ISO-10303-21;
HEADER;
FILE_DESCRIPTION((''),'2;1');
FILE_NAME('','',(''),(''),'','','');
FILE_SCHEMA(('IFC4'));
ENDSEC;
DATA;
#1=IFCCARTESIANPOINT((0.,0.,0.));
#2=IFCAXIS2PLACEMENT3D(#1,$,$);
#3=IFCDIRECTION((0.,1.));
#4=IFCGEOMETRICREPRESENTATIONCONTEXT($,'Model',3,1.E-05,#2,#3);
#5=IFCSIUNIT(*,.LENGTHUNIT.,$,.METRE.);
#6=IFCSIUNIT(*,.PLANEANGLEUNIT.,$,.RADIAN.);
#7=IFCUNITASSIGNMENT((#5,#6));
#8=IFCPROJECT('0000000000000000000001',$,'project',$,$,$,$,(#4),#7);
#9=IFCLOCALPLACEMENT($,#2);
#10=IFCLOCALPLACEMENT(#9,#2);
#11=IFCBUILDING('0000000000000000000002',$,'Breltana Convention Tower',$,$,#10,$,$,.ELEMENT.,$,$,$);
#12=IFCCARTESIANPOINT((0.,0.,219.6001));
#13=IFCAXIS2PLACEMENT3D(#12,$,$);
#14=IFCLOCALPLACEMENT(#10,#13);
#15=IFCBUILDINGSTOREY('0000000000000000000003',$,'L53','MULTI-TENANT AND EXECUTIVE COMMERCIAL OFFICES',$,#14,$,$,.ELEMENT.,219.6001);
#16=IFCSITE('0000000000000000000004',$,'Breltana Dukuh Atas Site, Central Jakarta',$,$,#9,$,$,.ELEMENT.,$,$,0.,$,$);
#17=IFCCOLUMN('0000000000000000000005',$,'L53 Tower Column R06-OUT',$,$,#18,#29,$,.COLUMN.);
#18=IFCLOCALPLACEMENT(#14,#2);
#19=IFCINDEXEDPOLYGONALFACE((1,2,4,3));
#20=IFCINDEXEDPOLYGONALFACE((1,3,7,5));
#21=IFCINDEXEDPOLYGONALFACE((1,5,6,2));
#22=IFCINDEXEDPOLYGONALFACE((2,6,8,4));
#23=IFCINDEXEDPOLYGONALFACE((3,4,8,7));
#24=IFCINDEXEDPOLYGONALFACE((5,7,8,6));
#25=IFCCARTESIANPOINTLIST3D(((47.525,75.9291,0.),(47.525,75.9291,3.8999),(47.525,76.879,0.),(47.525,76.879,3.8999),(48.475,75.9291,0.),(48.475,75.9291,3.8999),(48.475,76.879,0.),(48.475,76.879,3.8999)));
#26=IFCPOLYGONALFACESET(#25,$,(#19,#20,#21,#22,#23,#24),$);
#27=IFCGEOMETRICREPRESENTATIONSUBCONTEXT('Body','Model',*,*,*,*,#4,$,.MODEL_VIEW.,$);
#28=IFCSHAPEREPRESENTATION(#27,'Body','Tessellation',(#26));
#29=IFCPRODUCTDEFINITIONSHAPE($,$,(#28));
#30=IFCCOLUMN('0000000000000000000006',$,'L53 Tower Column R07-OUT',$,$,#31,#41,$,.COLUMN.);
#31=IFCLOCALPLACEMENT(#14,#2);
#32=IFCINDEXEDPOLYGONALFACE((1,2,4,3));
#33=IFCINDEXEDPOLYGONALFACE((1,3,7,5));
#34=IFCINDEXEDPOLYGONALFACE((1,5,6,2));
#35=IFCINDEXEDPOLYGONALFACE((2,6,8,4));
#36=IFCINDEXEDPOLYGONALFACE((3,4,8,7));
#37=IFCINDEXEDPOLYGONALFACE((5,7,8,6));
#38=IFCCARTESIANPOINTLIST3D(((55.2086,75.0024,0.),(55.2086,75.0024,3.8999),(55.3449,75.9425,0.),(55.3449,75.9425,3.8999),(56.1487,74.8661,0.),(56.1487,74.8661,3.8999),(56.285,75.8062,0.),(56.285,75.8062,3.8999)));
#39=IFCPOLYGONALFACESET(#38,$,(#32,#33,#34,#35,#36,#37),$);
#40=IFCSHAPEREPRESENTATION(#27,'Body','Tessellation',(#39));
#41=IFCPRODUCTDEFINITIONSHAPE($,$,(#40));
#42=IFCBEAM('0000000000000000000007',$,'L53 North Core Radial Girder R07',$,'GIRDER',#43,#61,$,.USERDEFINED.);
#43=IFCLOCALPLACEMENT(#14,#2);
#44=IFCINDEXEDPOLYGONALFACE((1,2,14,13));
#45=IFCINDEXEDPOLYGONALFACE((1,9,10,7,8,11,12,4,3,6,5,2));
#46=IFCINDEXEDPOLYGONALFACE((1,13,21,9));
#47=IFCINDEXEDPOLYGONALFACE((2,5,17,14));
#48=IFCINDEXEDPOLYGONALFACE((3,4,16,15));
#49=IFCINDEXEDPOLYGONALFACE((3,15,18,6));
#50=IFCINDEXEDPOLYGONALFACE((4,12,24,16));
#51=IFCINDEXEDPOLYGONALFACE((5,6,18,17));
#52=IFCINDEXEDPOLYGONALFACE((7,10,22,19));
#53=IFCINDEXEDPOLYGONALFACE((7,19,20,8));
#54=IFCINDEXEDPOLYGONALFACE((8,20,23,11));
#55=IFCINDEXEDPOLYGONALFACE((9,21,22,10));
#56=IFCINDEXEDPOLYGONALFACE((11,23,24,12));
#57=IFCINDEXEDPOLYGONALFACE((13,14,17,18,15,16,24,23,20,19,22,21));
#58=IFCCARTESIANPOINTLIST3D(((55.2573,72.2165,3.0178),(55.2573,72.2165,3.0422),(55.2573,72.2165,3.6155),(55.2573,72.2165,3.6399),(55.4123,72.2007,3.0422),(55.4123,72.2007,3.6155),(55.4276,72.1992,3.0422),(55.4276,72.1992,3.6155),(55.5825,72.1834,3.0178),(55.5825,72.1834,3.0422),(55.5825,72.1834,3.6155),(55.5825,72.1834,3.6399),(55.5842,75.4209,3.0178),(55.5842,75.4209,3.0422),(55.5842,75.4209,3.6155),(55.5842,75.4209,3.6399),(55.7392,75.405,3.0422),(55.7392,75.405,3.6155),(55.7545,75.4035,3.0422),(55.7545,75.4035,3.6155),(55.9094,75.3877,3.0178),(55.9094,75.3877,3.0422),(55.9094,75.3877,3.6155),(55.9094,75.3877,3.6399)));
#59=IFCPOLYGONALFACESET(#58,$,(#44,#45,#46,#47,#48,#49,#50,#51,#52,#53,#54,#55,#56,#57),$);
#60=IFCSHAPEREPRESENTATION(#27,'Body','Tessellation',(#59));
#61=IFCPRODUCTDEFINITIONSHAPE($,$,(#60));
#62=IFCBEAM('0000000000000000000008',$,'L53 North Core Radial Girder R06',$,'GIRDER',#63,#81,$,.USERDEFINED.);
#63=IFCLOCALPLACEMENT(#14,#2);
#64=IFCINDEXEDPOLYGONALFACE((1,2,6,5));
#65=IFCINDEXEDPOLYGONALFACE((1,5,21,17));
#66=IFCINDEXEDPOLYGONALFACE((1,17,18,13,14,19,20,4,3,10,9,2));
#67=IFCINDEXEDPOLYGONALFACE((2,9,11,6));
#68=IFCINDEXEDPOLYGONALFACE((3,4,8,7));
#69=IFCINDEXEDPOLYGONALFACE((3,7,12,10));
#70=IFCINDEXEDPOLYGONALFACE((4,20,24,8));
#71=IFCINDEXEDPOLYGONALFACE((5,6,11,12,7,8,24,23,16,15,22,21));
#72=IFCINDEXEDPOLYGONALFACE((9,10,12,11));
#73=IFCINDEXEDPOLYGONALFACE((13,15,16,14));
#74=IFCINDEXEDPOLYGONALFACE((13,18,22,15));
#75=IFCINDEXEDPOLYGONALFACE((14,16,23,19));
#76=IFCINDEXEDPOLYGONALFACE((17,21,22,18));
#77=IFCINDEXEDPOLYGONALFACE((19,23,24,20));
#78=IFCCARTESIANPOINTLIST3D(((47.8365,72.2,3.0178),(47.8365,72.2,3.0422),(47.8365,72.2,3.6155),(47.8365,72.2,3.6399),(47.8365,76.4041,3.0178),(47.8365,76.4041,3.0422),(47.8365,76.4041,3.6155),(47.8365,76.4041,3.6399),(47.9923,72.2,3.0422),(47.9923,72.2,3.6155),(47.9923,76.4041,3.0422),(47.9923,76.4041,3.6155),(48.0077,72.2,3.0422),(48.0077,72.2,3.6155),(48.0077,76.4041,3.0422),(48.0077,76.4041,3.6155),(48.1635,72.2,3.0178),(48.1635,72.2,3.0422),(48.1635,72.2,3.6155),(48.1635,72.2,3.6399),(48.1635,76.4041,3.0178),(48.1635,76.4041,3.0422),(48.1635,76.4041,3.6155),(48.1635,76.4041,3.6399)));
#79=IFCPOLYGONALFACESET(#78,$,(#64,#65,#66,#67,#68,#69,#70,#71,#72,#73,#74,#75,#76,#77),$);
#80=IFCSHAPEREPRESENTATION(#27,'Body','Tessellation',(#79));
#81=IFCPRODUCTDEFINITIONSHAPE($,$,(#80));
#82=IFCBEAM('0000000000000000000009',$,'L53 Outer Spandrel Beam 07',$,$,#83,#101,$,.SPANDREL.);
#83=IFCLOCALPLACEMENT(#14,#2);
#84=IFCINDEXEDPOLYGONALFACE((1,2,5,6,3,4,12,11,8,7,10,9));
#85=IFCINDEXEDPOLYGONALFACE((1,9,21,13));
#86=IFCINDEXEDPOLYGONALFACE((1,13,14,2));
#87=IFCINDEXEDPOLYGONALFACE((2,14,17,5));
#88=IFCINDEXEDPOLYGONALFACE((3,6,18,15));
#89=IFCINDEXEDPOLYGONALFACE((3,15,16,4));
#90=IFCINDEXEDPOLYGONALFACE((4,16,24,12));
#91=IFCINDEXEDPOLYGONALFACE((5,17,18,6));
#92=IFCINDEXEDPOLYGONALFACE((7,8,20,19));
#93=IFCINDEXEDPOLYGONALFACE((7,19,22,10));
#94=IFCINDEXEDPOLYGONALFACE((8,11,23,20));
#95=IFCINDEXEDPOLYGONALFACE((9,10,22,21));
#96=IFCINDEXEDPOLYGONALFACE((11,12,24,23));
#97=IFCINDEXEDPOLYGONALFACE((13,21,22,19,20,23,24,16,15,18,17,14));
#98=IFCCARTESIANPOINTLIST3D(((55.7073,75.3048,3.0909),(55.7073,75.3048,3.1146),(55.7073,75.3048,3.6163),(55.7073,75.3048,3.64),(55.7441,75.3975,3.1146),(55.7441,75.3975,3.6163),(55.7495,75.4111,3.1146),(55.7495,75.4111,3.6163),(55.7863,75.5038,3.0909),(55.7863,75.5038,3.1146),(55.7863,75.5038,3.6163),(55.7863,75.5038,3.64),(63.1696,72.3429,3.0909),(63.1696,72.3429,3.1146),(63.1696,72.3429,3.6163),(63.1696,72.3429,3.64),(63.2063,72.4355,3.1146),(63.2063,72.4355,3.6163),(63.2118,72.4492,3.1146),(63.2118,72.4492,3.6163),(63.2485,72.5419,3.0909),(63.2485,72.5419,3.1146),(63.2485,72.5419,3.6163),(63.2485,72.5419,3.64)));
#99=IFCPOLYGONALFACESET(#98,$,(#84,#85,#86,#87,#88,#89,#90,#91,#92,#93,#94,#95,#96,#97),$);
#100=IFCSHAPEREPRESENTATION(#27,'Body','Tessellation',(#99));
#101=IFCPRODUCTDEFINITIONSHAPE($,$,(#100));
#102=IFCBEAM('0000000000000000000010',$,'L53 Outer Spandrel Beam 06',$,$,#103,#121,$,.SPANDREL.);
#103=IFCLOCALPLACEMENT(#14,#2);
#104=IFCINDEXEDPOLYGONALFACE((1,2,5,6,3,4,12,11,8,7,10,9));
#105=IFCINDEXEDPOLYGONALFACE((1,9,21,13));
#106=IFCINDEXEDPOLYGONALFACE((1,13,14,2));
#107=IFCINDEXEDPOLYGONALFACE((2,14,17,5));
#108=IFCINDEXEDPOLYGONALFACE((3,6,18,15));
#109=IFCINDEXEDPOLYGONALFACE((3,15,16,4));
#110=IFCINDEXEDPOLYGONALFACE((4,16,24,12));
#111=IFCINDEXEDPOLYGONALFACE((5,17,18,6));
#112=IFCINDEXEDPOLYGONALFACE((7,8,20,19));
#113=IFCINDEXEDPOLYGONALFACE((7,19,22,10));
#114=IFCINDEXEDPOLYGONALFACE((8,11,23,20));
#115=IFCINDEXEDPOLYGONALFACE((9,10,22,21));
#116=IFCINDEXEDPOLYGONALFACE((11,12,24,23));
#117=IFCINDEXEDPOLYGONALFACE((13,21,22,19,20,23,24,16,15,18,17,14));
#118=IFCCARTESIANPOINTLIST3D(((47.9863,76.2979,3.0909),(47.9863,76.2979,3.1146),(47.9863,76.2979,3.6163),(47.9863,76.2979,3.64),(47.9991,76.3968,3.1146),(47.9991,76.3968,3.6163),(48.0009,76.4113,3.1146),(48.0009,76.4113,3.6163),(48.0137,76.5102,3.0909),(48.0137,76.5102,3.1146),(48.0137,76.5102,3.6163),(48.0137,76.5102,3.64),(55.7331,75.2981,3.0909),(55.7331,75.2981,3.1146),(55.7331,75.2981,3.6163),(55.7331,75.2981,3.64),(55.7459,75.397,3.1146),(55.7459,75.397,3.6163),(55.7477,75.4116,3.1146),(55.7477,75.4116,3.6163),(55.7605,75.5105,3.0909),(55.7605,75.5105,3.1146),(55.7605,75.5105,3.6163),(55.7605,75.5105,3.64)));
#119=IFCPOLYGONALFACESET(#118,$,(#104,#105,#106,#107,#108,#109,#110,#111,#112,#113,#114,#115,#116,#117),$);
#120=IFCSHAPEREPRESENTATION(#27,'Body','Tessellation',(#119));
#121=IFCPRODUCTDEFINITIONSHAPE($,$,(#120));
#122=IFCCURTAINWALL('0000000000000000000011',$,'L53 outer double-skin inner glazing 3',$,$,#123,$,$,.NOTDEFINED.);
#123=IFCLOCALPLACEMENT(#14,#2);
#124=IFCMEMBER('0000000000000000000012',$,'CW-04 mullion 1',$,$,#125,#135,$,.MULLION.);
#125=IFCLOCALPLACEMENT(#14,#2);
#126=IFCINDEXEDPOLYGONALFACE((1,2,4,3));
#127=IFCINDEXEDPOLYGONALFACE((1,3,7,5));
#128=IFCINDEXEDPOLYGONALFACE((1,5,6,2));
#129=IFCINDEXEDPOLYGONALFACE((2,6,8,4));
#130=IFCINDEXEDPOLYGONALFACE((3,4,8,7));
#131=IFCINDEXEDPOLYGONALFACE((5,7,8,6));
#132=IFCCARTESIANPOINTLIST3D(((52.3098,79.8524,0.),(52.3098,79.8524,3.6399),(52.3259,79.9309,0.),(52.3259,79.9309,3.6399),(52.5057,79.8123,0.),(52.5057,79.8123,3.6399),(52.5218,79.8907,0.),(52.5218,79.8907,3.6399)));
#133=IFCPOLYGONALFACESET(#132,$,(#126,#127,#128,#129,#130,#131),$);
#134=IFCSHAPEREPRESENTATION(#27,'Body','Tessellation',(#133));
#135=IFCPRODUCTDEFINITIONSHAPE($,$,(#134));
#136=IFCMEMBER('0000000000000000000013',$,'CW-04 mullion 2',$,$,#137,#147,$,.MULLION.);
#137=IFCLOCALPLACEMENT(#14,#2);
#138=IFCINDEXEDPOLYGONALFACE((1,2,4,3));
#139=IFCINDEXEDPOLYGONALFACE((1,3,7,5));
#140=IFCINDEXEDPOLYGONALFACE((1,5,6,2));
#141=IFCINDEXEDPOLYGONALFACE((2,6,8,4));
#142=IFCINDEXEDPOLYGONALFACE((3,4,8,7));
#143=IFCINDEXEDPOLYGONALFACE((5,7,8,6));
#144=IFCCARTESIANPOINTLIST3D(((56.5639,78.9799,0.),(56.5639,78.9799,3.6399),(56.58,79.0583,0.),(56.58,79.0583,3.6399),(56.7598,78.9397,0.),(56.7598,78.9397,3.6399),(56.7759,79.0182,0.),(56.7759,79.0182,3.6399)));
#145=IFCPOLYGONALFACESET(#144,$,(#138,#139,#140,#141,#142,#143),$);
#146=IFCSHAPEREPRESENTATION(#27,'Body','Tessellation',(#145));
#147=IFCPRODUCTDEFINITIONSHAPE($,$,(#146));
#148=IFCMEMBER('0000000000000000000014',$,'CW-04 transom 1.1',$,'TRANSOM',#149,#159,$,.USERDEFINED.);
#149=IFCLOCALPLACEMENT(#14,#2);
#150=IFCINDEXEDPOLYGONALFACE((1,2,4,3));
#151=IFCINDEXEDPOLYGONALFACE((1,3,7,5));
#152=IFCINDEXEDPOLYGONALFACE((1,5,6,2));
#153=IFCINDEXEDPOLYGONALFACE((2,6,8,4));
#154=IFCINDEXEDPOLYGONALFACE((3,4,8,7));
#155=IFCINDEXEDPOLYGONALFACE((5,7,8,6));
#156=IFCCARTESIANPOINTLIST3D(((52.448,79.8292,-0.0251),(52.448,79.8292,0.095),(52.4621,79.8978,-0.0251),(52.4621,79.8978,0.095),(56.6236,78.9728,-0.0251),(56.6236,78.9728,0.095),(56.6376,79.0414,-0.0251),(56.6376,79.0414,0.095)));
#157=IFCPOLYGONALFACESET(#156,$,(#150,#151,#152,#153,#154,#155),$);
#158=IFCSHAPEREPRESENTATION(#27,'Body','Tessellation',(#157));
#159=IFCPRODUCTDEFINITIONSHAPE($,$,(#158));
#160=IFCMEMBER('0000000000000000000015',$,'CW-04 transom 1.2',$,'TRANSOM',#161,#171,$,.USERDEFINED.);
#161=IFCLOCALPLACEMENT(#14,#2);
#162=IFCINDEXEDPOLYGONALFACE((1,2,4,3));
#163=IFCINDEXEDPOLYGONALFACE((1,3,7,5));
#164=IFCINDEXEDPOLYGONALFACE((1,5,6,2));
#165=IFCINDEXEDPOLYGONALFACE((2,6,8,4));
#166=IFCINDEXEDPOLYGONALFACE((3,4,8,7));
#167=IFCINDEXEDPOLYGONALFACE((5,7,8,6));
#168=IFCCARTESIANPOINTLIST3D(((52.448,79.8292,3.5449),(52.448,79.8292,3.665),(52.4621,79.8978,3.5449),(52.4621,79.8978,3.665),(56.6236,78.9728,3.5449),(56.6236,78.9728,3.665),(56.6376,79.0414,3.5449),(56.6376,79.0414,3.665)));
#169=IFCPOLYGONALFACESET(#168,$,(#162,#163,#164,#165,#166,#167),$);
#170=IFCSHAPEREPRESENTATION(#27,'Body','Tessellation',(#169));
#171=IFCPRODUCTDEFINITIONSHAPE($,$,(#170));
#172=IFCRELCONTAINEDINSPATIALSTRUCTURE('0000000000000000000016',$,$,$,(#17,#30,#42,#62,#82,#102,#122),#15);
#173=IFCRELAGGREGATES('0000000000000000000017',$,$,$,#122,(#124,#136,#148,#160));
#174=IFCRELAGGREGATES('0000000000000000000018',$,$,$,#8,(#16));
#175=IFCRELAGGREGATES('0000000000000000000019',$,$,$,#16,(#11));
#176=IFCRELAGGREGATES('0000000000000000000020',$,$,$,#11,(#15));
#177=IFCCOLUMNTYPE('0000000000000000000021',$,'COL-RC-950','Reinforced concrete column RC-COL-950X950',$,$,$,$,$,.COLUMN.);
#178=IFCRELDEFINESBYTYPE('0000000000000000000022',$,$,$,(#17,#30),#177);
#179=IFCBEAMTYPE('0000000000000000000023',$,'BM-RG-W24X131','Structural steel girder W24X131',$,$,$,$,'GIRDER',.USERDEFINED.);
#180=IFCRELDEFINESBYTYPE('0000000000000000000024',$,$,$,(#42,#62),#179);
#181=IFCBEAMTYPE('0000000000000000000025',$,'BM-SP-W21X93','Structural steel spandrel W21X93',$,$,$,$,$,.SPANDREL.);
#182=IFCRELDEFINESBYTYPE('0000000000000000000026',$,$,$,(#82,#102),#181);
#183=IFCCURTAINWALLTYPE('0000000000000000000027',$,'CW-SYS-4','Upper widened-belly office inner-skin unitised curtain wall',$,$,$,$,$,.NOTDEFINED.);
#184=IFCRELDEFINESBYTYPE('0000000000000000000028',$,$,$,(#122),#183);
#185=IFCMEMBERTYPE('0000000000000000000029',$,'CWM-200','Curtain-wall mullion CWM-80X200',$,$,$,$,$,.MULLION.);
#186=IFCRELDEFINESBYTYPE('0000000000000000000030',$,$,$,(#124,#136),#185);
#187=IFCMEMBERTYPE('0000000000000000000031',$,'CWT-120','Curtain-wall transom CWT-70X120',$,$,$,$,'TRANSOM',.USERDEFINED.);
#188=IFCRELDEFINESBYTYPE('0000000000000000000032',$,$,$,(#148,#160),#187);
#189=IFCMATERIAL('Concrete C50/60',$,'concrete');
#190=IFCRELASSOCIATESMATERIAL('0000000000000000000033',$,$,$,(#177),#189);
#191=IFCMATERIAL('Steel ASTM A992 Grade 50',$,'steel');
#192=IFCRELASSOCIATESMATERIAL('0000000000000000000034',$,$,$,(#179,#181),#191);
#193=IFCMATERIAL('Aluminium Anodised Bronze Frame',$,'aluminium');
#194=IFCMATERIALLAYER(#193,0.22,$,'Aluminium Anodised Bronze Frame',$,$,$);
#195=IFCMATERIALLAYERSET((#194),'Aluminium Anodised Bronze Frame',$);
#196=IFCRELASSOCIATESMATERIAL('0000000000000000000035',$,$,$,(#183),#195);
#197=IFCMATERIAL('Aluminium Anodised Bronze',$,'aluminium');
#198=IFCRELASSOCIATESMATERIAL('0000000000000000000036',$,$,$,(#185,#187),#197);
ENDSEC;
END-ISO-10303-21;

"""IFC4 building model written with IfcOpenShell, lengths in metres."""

from ifc_helpers import new_model, si_unit, direction, frame, origin, origin_2d, place, context, subcontext, project, spatial, rectangle, i_section, extrude, source, transform, mapped, material, layer, layer_set, material_profile, profile_set, type_object, element, aggregate, save


model = new_model("IFC4")

# Units and contexts
model_context = context("Model", 3, precision=1e-05, world=origin(), true_north=direction((0.0, 1.0)))
body_context = subcontext(model_context, "Body", "Model", "MODEL_VIEW")
ifc_project = project(units=[si_unit("LENGTHUNIT", "METRE"), si_unit("PLANEANGLEUNIT", "RADIAN")], contexts=[model_context])

# Site, building, storey
site_placement = place(None, origin())
site = spatial("IfcSite", under=ifc_project, at=site_placement, Name="Breltana Dukuh Atas Site, Central Jakarta", CompositionType="ELEMENT", RefElevation=0.0)
building_placement = place(site_placement, origin())
building = spatial("IfcBuilding", under=site, at=building_placement, Name="Breltana Convention Tower", CompositionType="ELEMENT")
storey_placement = place(building_placement, frame((0.0, 0.0, 219.6001)))
storey = spatial("IfcBuildingStorey", under=building, at=storey_placement, Name="L53", Description="MULTI-TENANT AND EXECUTIVE COMMERCIAL OFFICES", CompositionType="ELEMENT", Elevation=219.6001)

# Columns
ifc_material_1 = material(Name="Concrete C50/60", Category="concrete")
ifc_material_profile_1 = material_profile(ifc_material_1, rectangle(XDim=0.95, YDim=0.95, at=origin_2d()), Name="RC-COL-950X950")
ifc_profile_set_1 = profile_set([ifc_material_profile_1], Name="Concrete C50/60")
column_type = type_object("IfcColumnType", Name="COL-RC-950", Description="Reinforced concrete column RC-COL-950X950", PredefinedType="COLUMN", material=ifc_profile_set_1)
shared_shape_1 = source(origin(), body_context, "Body", "SweptSolid", [
    extrude(rectangle(XDim=0.95, YDim=0.95, at=origin_2d()), origin(), (0.0, 0.0, 1.0), 3.8999),
])
for number, where, z_axis, x_axis, name in (
    (1, (48.0, 76.4041, 0.0), (0.0, 0.0, 1.0), (0.0, 1.0, 0.0), "L53 Tower Column R06-OUT"),
    (2, (55.7468, 75.4043, 0.0), (0.0, 0.0, 1.0), (0.143493, 0.989651, 0.0), "L53 Tower Column R07-OUT"),
):
    element("IfcColumn", number, at=place(storey_placement, frame(where, z_axis=z_axis, x_axis=x_axis)), inside=storey, type_object=column_type, Name=name, PredefinedType="COLUMN", context=body_context, shape_type="MappedRepresentation", body=[
        mapped(shared_shape_1, transform((0.0, 0.0, 0.0), scale=1.0)),
    ])

# Beams
ifc_material_2 = material(Name="Steel ASTM A992 Grade 50", Category="steel")
ifc_material_profile_2 = material_profile(ifc_material_2, i_section(OverallWidth=0.3269, OverallDepth=0.6221, WebThickness=0.0154, FlangeThickness=0.0244, at=origin_2d()), Name="W24X131")
ifc_profile_set_2 = profile_set([ifc_material_profile_2], Name="Steel ASTM A992 Grade 50")
beam_type_1 = type_object("IfcBeamType", Name="BM-RG-W24X131", Description="Structural steel girder W24X131", ElementType="GIRDER", PredefinedType="USERDEFINED", material=ifc_profile_set_2)
shared_shape_2 = source(origin(), body_context, "Body", "SweptSolid", [
    extrude(i_section(OverallWidth=0.3269, OverallDepth=0.6221, WebThickness=0.0154, FlangeThickness=0.0244, at=origin_2d()), origin(), (0.0, 0.0, 1.0), 3.2209),
])
beam_1_placement = place(storey_placement, frame((55.4199, 72.2, 3.3289), z_axis=(0.101492, 0.994836, 0.0), x_axis=(-0.994836, 0.101492, 0.0)))
element("IfcBeam", 3, at=beam_1_placement, inside=storey, type_object=beam_type_1, Name="L53 North Core Radial Girder R07", ObjectType="GIRDER", PredefinedType="USERDEFINED", context=body_context, shape_type="MappedRepresentation", body=[
    mapped(shared_shape_2, transform((0.0, 0.0, 0.0), scale=1.0)),
])
shared_shape_3 = source(origin(), body_context, "Body", "SweptSolid", [
    extrude(i_section(OverallWidth=0.3269, OverallDepth=0.6221, WebThickness=0.0154, FlangeThickness=0.0244, at=origin_2d()), origin(), (0.0, 0.0, 1.0), 4.2041),
])
beam_2_placement = place(storey_placement, frame((48.0, 72.2, 3.3289), z_axis=(0.0, 1.0, 0.0), x_axis=(-1.0, 0.0, 0.0)))
element("IfcBeam", 4, at=beam_2_placement, inside=storey, type_object=beam_type_1, Name="L53 North Core Radial Girder R06", ObjectType="GIRDER", PredefinedType="USERDEFINED", context=body_context, shape_type="MappedRepresentation", body=[
    mapped(shared_shape_3, transform((0.0, 0.0, 0.0), scale=1.0)),
])
ifc_material_profile_3 = material_profile(ifc_material_2, i_section(OverallWidth=0.2141, OverallDepth=0.5491, WebThickness=0.0146, FlangeThickness=0.0237, at=origin_2d()), Name="W21X93")
ifc_profile_set_3 = profile_set([ifc_material_profile_3], Name="Steel ASTM A992 Grade 50")
beam_type_2 = type_object("IfcBeamType", Name="BM-SP-W21X93", Description="Structural steel spandrel W21X93", PredefinedType="SPANDREL", material=ifc_profile_set_3)
shared_shape_4 = source(origin(), body_context, "Body", "SweptSolid", [
    extrude(i_section(OverallWidth=0.2141, OverallDepth=0.5491, WebThickness=0.0146, FlangeThickness=0.0237, at=origin_2d()), origin(), (0.0, 0.0, 1.0), 8.0286),
])
beam_3_placement = place(storey_placement, frame((55.7468, 75.4043, 3.3655), z_axis=(0.929459, -0.368925, 0.0), x_axis=(0.368925, 0.929459, 0.0)))
element("IfcBeam", 5, at=beam_3_placement, inside=storey, type_object=beam_type_2, Name="L53 Outer Spandrel Beam 07", PredefinedType="SPANDREL", context=body_context, shape_type="MappedRepresentation", body=[
    mapped(shared_shape_4, transform((0.0, 0.0, 0.0), scale=1.0)),
])
shared_shape_5 = source(origin(), body_context, "Body", "SweptSolid", [
    extrude(i_section(OverallWidth=0.2141, OverallDepth=0.5491, WebThickness=0.0146, FlangeThickness=0.0237, at=origin_2d()), origin(), (0.0, 0.0, 1.0), 7.811),
])
beam_4_placement = place(storey_placement, frame((48.0, 76.4041, 3.3655), z_axis=(0.991775, -0.127992, 0.0), x_axis=(0.127992, 0.991775, 0.0)))
element("IfcBeam", 6, at=beam_4_placement, inside=storey, type_object=beam_type_2, Name="L53 Outer Spandrel Beam 06", PredefinedType="SPANDREL", context=body_context, shape_type="MappedRepresentation", body=[
    mapped(shared_shape_5, transform((0.0, 0.0, 0.0), scale=1.0)),
])

# Curtain wall, members
ifc_material_3 = material(Name="Aluminium Anodised Bronze Frame", Category="aluminium")
ifc_layer_1 = layer(ifc_material_3, 0.22, Name="Aluminium Anodised Bronze Frame")
ifc_layer_set_1 = layer_set([ifc_layer_1], Name="Aluminium Anodised Bronze Frame")
curtain_wall_type = type_object("IfcCurtainWallType", Name="CW-SYS-4", Description="Upper widened-belly office inner-skin unitised curtain wall", PredefinedType="NOTDEFINED", material=ifc_layer_set_1)
curtain_wall_placement = place(storey_placement, origin())
curtain_wall = element("IfcCurtainWall", 7, at=curtain_wall_placement, inside=storey, type_object=curtain_wall_type, Name="L53 outer double-skin inner glazing 3", PredefinedType="NOTDEFINED")
ifc_material_4 = material(Name="Aluminium Anodised Bronze", Category="aluminium")
ifc_material_profile_4 = material_profile(ifc_material_4, rectangle(XDim=0.0801, YDim=0.2, at=origin_2d()), Name="CWM-80X200")
ifc_profile_set_4 = profile_set([ifc_material_profile_4], Name="Aluminium Anodised Bronze")
member_type_1 = type_object("IfcMemberType", Name="CWM-200", Description="Curtain-wall mullion CWM-80X200", PredefinedType="MULLION", material=ifc_profile_set_4)
shared_shape_6 = source(origin(), body_context, "Body", "SweptSolid", [
    extrude(rectangle(XDim=0.0801, YDim=0.2, at=origin_2d()), origin(), (0.0, 0.0, 1.0), 3.6399),
])
member_1_placement = place(storey_placement, frame((52.4158, 79.8716, 0.0), z_axis=(0.0, 0.0, 1.0), x_axis=(0.20088, 0.979616, 0.0)))
member_1 = element("IfcMember", 8, at=member_1_placement, type_object=member_type_1, Name="CW-04 mullion 1", PredefinedType="MULLION", context=body_context, shape_type="MappedRepresentation", body=[
    mapped(shared_shape_6, transform((0.0, 0.0, 0.0), scale=1.0)),
])
member_2_placement = place(storey_placement, frame((56.6699, 78.999, 0.0), z_axis=(0.0, 0.0, 1.0), x_axis=(0.20088, 0.979616, 0.0)))
member_2 = element("IfcMember", 9, at=member_2_placement, type_object=member_type_1, Name="CW-04 mullion 2", PredefinedType="MULLION", context=body_context, shape_type="MappedRepresentation", body=[
    mapped(shared_shape_6, transform((0.0, 0.0, 0.0), scale=1.0)),
])
ifc_material_profile_5 = material_profile(ifc_material_4, rectangle(XDim=0.0701, YDim=0.1201, at=origin_2d()), Name="CWT-70X120")
ifc_profile_set_5 = profile_set([ifc_material_profile_5], Name="Aluminium Anodised Bronze")
member_type_2 = type_object("IfcMemberType", Name="CWT-120", Description="Curtain-wall transom CWT-70X120", ElementType="TRANSOM", PredefinedType="USERDEFINED", material=ifc_profile_set_5)
shared_shape_7 = source(origin(), body_context, "Body", "SweptSolid", [
    extrude(rectangle(XDim=0.0701, YDim=0.1201, at=origin_2d()), origin(), (0.0, 0.0, 1.0), 4.2625),
])
member_3_placement = place(storey_placement, frame((52.4551, 79.8635, 0.0349), z_axis=(0.979606, -0.200927, 0.0), x_axis=(0.200927, 0.979606, 0.0)))
member_3 = element("IfcMember", 10, at=member_3_placement, type_object=member_type_2, Name="CW-04 transom 1.1", ObjectType="TRANSOM", PredefinedType="USERDEFINED", context=body_context, shape_type="MappedRepresentation", body=[
    mapped(shared_shape_7, transform((0.0, 0.0, 0.0), scale=1.0)),
])
member_4_placement = place(storey_placement, frame((52.4551, 79.8635, 3.605), z_axis=(0.979606, -0.200927, 0.0), x_axis=(0.200927, 0.979606, 0.0)))
member_4 = element("IfcMember", 11, at=member_4_placement, type_object=member_type_2, Name="CW-04 transom 1.2", ObjectType="TRANSOM", PredefinedType="USERDEFINED", context=body_context, shape_type="MappedRepresentation", body=[
    mapped(shared_shape_7, transform((0.0, 0.0, 0.0), scale=1.0)),
])
aggregate(curtain_wall, [member_1, member_2, member_3, member_4])

save(model, "model.ifc")
